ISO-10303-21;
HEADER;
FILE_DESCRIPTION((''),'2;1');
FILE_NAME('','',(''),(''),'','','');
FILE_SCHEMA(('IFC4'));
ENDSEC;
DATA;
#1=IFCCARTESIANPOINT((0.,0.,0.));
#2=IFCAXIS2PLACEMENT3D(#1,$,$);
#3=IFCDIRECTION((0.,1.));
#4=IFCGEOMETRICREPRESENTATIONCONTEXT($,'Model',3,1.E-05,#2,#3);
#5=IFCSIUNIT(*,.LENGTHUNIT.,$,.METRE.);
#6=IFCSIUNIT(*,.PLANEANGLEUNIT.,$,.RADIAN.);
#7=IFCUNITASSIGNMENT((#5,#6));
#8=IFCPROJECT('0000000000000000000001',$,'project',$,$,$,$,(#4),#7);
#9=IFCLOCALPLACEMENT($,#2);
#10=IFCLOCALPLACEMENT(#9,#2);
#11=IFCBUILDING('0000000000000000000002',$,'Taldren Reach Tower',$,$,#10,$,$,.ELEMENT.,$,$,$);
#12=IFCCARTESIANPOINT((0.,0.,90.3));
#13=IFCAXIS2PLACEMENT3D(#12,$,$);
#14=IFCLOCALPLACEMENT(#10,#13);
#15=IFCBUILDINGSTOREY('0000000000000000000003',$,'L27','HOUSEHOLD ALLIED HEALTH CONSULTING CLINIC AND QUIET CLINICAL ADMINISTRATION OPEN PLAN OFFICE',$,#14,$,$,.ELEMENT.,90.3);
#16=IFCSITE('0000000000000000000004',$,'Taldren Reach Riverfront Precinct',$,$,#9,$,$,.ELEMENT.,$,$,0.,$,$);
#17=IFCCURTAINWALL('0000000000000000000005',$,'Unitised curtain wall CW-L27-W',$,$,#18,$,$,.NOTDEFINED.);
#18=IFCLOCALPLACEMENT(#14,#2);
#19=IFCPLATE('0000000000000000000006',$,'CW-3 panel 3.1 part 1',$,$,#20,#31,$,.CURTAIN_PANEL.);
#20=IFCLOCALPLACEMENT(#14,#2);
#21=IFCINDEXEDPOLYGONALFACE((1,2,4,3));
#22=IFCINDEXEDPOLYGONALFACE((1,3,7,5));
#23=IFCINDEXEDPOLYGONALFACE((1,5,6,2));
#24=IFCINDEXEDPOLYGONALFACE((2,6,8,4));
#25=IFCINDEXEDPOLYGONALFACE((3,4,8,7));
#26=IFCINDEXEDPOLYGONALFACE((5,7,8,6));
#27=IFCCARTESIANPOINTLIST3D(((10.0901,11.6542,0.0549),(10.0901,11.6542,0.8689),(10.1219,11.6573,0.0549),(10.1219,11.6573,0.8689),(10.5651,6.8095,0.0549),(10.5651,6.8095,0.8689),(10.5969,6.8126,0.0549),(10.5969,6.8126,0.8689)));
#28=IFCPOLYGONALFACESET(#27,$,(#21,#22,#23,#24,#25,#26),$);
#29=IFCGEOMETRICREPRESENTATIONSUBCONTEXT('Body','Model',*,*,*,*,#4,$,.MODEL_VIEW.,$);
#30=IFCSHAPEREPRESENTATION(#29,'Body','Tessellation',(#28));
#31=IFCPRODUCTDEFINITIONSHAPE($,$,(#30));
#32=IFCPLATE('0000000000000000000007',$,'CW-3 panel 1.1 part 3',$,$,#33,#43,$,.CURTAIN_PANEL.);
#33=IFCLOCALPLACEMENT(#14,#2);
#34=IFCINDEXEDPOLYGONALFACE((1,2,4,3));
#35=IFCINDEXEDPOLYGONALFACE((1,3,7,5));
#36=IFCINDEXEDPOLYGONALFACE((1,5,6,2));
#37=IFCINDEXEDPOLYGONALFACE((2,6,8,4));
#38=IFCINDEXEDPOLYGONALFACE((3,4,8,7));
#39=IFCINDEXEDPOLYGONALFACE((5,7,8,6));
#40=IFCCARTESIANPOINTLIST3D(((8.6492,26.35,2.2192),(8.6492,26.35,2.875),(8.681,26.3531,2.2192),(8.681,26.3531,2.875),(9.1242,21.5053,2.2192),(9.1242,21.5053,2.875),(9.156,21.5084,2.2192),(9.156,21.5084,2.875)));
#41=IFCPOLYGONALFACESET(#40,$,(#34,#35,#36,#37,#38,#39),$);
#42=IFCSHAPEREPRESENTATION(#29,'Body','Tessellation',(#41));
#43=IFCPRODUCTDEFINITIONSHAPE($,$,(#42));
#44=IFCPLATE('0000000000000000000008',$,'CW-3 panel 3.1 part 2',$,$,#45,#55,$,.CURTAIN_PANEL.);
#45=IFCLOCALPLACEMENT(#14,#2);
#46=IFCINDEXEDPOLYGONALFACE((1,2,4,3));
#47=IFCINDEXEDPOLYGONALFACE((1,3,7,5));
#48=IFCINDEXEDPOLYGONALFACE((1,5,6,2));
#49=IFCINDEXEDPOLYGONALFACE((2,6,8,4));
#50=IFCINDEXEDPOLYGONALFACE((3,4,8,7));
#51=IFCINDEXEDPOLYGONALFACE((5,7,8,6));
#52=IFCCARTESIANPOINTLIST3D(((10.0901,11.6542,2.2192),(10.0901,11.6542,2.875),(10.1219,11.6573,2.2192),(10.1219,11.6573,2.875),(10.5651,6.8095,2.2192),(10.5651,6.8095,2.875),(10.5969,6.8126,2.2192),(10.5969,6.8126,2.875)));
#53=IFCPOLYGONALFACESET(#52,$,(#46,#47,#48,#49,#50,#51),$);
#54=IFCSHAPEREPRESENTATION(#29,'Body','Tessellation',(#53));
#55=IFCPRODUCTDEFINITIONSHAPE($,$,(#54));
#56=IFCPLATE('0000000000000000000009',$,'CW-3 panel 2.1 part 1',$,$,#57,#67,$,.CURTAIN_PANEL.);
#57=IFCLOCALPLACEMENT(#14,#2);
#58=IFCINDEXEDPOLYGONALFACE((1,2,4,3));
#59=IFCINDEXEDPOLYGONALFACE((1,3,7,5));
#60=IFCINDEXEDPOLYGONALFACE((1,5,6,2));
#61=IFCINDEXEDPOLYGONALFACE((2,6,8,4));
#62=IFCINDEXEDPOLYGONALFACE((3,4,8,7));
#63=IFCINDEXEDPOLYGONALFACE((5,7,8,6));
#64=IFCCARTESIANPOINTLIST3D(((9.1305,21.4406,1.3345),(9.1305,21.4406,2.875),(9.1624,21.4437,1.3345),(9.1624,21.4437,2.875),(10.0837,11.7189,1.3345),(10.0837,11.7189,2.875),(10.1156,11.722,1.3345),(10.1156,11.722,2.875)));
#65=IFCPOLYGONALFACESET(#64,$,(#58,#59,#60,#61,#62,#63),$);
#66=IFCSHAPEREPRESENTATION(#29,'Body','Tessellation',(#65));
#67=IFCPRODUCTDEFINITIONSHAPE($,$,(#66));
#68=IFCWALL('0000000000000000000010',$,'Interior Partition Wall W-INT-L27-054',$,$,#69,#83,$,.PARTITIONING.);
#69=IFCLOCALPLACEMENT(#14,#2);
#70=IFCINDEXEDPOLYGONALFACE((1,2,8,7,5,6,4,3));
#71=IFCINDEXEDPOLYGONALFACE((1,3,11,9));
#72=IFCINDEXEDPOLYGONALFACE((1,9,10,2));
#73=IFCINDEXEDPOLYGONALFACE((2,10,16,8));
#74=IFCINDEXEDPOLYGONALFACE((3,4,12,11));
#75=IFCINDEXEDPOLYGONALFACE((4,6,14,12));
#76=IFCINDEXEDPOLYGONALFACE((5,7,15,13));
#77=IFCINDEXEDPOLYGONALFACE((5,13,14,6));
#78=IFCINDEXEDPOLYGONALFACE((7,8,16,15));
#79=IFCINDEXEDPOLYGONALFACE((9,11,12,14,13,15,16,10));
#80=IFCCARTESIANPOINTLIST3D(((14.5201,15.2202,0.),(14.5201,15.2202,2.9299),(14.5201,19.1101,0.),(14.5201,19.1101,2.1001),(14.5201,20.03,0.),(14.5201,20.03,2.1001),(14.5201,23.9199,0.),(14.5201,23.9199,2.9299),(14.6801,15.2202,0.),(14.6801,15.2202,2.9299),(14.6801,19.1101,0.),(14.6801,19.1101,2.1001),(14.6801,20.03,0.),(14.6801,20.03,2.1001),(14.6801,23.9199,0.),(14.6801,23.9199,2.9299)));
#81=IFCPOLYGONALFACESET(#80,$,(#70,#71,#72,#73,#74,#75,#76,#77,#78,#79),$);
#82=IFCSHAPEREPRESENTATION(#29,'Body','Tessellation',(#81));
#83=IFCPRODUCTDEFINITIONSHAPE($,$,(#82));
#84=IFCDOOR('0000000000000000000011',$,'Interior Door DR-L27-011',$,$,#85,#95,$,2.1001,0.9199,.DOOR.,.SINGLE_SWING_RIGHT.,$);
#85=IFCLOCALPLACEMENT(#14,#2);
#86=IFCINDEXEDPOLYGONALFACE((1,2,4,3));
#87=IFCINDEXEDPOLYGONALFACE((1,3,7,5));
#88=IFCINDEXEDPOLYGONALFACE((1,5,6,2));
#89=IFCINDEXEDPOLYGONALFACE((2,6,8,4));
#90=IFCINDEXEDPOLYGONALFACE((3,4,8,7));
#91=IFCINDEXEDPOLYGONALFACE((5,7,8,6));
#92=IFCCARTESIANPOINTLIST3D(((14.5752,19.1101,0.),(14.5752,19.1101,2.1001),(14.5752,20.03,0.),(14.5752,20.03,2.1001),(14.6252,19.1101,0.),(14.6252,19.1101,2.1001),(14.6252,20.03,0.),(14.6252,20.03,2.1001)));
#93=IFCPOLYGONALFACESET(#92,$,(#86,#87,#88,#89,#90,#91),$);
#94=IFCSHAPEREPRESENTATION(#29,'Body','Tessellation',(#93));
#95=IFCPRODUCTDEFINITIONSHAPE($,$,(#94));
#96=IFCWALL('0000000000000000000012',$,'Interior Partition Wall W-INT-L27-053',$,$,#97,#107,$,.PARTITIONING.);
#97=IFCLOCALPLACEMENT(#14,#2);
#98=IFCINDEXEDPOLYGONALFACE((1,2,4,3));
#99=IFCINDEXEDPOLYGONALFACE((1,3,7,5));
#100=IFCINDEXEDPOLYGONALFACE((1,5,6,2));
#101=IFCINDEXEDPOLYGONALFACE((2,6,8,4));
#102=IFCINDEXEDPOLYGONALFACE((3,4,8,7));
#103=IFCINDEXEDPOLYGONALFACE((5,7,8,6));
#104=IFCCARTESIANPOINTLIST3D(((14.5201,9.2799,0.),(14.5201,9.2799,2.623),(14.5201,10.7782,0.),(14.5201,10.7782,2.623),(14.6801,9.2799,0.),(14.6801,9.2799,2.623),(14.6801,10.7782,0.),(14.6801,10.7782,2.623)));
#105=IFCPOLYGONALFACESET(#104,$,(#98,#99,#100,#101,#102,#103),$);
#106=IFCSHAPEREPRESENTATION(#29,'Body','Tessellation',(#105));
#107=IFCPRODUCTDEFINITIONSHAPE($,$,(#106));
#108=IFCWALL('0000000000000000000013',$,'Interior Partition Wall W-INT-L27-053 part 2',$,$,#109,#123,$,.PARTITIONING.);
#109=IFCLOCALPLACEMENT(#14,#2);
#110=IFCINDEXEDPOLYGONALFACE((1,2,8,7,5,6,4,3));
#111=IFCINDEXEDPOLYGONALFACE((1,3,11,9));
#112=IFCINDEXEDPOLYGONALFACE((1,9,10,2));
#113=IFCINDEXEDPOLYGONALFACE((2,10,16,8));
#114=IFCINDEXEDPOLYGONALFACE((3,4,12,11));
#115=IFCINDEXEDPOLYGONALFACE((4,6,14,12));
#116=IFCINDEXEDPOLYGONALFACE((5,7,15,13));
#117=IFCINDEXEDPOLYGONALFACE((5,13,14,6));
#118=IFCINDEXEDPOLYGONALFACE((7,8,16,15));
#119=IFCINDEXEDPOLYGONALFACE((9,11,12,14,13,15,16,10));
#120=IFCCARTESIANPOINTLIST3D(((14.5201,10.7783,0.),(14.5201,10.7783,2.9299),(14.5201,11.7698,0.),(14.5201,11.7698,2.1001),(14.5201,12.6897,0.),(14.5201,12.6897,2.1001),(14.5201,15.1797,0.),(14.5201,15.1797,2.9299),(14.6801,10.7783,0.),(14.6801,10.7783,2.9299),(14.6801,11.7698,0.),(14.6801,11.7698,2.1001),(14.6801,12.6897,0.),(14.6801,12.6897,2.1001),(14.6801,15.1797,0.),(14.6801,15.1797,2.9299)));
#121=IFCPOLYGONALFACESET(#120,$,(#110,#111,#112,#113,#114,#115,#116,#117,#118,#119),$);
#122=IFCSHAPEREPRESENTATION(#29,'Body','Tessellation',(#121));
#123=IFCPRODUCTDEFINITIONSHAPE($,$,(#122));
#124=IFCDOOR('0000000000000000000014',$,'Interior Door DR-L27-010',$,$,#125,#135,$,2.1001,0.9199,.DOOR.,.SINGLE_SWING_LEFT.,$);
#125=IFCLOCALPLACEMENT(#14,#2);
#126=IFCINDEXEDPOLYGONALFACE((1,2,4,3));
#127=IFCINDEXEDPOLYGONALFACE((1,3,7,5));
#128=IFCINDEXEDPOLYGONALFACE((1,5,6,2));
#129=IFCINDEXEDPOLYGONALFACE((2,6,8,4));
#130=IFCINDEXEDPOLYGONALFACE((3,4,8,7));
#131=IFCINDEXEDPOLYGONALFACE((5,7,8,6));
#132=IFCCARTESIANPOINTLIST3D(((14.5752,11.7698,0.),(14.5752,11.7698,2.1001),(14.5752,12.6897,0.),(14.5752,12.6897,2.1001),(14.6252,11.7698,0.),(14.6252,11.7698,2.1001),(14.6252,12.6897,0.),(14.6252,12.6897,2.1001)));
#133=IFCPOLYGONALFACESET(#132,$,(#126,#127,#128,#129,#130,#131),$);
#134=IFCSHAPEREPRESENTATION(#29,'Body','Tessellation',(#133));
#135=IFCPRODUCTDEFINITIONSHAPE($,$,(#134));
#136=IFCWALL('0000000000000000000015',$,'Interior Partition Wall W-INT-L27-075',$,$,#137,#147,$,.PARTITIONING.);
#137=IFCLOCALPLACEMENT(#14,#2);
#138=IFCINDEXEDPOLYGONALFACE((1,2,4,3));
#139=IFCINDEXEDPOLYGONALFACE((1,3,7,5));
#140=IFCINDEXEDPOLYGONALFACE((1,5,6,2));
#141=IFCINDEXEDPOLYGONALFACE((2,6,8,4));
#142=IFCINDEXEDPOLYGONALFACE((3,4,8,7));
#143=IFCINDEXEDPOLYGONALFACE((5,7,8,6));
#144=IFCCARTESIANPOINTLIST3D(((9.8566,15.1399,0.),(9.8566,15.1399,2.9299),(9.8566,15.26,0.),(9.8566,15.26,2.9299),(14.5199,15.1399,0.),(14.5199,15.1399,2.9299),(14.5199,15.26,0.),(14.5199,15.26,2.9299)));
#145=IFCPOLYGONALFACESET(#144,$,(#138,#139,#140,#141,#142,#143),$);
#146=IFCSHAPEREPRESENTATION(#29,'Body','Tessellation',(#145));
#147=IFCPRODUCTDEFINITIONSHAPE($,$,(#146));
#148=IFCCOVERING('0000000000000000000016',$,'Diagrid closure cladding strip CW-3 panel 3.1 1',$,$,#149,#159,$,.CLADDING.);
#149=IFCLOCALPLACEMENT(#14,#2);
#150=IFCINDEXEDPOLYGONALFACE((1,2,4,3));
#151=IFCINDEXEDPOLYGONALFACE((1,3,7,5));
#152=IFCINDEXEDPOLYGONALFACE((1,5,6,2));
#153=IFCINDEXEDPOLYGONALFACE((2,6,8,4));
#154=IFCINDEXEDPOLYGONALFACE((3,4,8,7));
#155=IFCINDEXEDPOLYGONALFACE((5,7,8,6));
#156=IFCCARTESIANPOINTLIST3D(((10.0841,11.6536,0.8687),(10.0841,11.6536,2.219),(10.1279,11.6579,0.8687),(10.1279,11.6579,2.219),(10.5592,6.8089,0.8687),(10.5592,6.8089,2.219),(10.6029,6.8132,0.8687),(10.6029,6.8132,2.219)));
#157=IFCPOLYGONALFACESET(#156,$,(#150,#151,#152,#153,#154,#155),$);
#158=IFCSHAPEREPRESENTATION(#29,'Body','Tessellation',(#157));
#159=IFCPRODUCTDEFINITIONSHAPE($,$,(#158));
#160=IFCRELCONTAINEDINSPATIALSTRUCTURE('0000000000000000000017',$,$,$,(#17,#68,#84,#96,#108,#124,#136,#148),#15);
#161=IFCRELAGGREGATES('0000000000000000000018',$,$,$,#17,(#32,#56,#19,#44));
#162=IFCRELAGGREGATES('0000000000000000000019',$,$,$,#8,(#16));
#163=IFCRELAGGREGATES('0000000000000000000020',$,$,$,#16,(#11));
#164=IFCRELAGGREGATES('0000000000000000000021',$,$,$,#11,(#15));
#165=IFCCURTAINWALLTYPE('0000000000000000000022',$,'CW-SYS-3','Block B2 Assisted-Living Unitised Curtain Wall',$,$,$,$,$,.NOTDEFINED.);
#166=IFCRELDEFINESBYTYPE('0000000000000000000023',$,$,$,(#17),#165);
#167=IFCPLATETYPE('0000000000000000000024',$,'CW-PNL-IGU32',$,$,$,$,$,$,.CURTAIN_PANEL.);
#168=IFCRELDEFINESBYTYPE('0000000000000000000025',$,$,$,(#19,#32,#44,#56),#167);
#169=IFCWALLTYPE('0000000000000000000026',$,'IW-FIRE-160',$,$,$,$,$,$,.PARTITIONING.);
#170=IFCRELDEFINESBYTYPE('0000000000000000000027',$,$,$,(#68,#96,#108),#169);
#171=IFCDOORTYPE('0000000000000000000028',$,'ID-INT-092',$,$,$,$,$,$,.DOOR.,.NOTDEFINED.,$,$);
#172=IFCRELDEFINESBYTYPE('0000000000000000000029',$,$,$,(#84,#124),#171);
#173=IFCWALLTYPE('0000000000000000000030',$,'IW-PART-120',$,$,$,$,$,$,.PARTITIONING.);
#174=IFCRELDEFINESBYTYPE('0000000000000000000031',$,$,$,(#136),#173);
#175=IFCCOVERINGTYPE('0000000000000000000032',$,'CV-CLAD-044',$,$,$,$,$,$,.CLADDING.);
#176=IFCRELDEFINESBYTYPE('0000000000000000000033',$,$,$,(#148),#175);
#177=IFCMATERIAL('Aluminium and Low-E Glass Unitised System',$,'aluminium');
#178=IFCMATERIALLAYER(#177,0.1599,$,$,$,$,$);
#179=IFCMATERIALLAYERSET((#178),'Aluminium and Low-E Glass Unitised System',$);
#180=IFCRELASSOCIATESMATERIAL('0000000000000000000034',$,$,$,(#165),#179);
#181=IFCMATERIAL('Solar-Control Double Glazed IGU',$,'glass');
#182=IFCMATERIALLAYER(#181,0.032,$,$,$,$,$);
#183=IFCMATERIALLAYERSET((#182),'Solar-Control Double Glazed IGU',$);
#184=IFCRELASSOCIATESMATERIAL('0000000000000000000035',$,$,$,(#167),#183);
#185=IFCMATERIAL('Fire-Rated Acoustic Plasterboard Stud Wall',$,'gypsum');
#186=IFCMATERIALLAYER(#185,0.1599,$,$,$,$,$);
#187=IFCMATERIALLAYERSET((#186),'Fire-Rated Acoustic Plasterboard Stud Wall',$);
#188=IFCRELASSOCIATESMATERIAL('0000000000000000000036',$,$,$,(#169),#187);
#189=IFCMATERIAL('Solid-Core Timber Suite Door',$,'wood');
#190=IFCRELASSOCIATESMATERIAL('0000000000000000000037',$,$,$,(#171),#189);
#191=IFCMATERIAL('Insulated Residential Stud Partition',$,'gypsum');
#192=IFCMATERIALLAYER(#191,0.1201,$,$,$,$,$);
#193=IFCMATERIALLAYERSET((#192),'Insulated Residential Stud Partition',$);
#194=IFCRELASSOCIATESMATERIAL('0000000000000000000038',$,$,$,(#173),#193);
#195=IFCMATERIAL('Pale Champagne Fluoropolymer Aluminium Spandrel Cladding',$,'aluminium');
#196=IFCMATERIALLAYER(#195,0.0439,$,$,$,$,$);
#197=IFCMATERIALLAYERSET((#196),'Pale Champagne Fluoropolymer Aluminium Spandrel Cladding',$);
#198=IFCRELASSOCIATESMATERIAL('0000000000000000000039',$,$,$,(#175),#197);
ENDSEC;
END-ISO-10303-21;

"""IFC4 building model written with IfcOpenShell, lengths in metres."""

from ifc_helpers import new_model, si_unit, direction, frame, frame_2d, origin, origin_2d, place, context, subcontext, project, spatial, rectangle, extrude, source, transform, mapped, material, layer, layer_set, type_object, element, fill, aggregate, save


model = new_model("IFC4")

# Units and contexts
model_context = context("Model", 3, precision=1e-05, world=origin(), true_north=direction((0.0, 1.0)))
body_context = subcontext(model_context, "Body", "Model", "MODEL_VIEW")
ifc_project = project(units=[si_unit("LENGTHUNIT", "METRE"), si_unit("PLANEANGLEUNIT", "RADIAN")], contexts=[model_context])

# Site, building, storey
site_placement = place(None, origin())
site = spatial("IfcSite", under=ifc_project, at=site_placement, Name="Taldren Reach Riverfront Precinct", CompositionType="ELEMENT", RefElevation=0.0)
building_placement = place(site_placement, origin())
building = spatial("IfcBuilding", under=site, at=building_placement, Name="Taldren Reach Tower", CompositionType="ELEMENT")
storey_placement = place(building_placement, frame((0.0, 0.0, 90.3)))
storey = spatial("IfcBuildingStorey", under=building, at=storey_placement, Name="L27", Description="HOUSEHOLD ALLIED HEALTH CONSULTING CLINIC AND QUIET CLINICAL ADMINISTRATION OPEN PLAN OFFICE", CompositionType="ELEMENT", Elevation=90.3)

# Curtain wall
ifc_material_1 = material(Name="Aluminium and Low-E Glass Unitised System", Category="aluminium")
ifc_layer_1 = layer(ifc_material_1, 0.1599)
ifc_layer_set_1 = layer_set([ifc_layer_1], Name="Aluminium and Low-E Glass Unitised System")
curtain_wall_type = type_object("IfcCurtainWallType", Name="CW-SYS-3", Description="Block B2 Assisted-Living Unitised Curtain Wall", PredefinedType="NOTDEFINED", material=ifc_layer_set_1)
curtain_wall_placement = place(storey_placement, origin())
curtain_wall = element("IfcCurtainWall", 1, at=curtain_wall_placement, inside=storey, type_object=curtain_wall_type, Name="Unitised curtain wall CW-L27-W", PredefinedType="NOTDEFINED")

# Plates
ifc_material_2 = material(Name="Solar-Control Double Glazed IGU", Category="glass")
ifc_layer_2 = layer(ifc_material_2, 0.032)
ifc_layer_set_2 = layer_set([ifc_layer_2], Name="Solar-Control Double Glazed IGU")
plate_type_1 = type_object("IfcPlateType", Name="CW-PNL-IGU32", PredefinedType="CURTAIN_PANEL", material=ifc_layer_set_2)
shared_shape_1 = source(origin(), body_context, "Body", "SweptSolid", [
    extrude(rectangle(XDim=4.8679, YDim=0.032, at=origin_2d()), origin(), (0.0, 0.0, 1.0), 0.814),
])
plate_1_placement = place(storey_placement, frame((10.3435, 9.2334, 0.0549), z_axis=(0.0, 0.0, 1.0), x_axis=(0.097583, -0.995227, 0.0)))
plate_1 = element("IfcPlate", 2, at=plate_1_placement, type_object=plate_type_1, Name="CW-3 panel 3.1 part 1", PredefinedType="CURTAIN_PANEL", context=body_context, shape_type="MappedRepresentation", body=[
    mapped(shared_shape_1, transform((0.0, 0.0, 0.0), scale=1.0)),
])
shared_shape_2 = source(origin(), body_context, "Body", "SweptSolid", [
    extrude(rectangle(XDim=4.8679, YDim=0.032, at=origin_2d()), origin(), (0.0, 0.0, 1.0), 0.6558),
])
plate_2_placement = place(storey_placement, frame((8.9026, 23.9292, 2.2192), z_axis=(0.0, 0.0, 1.0), x_axis=(0.097583, -0.995227, 0.0)))
plate_2 = element("IfcPlate", 3, at=plate_2_placement, type_object=plate_type_1, Name="CW-3 panel 1.1 part 3", PredefinedType="CURTAIN_PANEL", context=body_context, shape_type="MappedRepresentation", body=[
    mapped(shared_shape_2, transform((0.0, 0.0, 0.0), scale=1.0)),
])
plate_3_placement = place(storey_placement, frame((10.3435, 9.2334, 2.2192), z_axis=(0.0, 0.0, 1.0), x_axis=(0.097583, -0.995227, 0.0)))
plate_3 = element("IfcPlate", 4, at=plate_3_placement, type_object=plate_type_1, Name="CW-3 panel 3.1 part 2", PredefinedType="CURTAIN_PANEL", context=body_context, shape_type="MappedRepresentation", body=[
    mapped(shared_shape_2, transform((0.0, 0.0, 0.0), scale=1.0)),
])
shared_shape_3 = source(origin(), body_context, "Body", "SweptSolid", [
    extrude(rectangle(XDim=9.7683, YDim=0.032, at=origin_2d()), origin(), (0.0, 0.0, 1.0), 1.5405),
])
plate_4_placement = place(storey_placement, frame((9.623, 16.5813, 1.3345), z_axis=(0.0, 0.0, 1.0), x_axis=(0.097583, -0.995227, 0.0)))
plate_4 = element("IfcPlate", 5, at=plate_4_placement, type_object=plate_type_1, Name="CW-3 panel 2.1 part 1", PredefinedType="CURTAIN_PANEL", context=body_context, shape_type="MappedRepresentation", body=[
    mapped(shared_shape_3, transform((0.0, 0.0, 0.0), scale=1.0)),
])
aggregate(curtain_wall, [plate_2, plate_4, plate_1, plate_3])

# Wall, opening, door
ifc_material_3 = material(Name="Fire-Rated Acoustic Plasterboard Stud Wall", Category="gypsum")
ifc_layer_3 = layer(ifc_material_3, 0.1599)
ifc_layer_set_3 = layer_set([ifc_layer_3], Name="Fire-Rated Acoustic Plasterboard Stud Wall")
wall_type_1 = type_object("IfcWallType", Name="IW-FIRE-160", PredefinedType="PARTITIONING", material=ifc_layer_set_3)
shared_shape_4 = source(origin(), body_context, "Body", "SweptSolid", [
    extrude(rectangle(XDim=8.6997, YDim=0.1599, at=frame_2d((4.3499, 0.0))), origin(), (0.0, 0.0, 1.0), 2.9299),
])
wall_1_placement = place(storey_placement, frame((14.6001, 15.2202, 0.0), z_axis=(0.0, 0.0, 1.0), x_axis=(0.0, 1.0, 0.0)))
wall_1 = element("IfcWall", 6, at=wall_1_placement, inside=storey, type_object=wall_type_1, Name="Interior Partition Wall W-INT-L27-054", PredefinedType="PARTITIONING", context=body_context, shape_type="MappedRepresentation", body=[
    mapped(shared_shape_4, transform((0.0, 0.0, 0.0), scale=1.0)),
])
shared_shape_5 = source(origin(), body_context, "Body", "SweptSolid", [
    extrude(rectangle(XDim=0.9199, YDim=2.1001, at=frame_2d((0.46, 1.05))), frame((0.0, 0.0898, 0.0), z_axis=(0.0, -1.0, 0.0), x_axis=(1.0, 0.0, 0.0)), (0.0, 0.0, 1.0), 0.1799),
])
opening_1_placement = place(wall_1_placement, frame((3.8899, 0.0, 0.0)))
opening_1 = element("IfcOpeningElement", 7, at=opening_1_placement, cuts=wall_1, PredefinedType="OPENING", context=body_context, shape_type="MappedRepresentation", body=[
    mapped(shared_shape_5, transform((0.0, 0.0, 0.0), scale=1.0)),
])
ifc_material_4 = material(Name="Solid-Core Timber Suite Door", Category="wood")
door_type = type_object("IfcDoorType", Name="ID-INT-092", OperationType="NOTDEFINED", PredefinedType="DOOR", material=ifc_material_4)
shared_shape_6 = source(origin(), body_context, "Body", "SweptSolid", [
    extrude(rectangle(XDim=0.9199, YDim=2.1001, at=frame_2d((0.46, 1.05))), frame((0.0, 0.0249, 0.0), z_axis=(0.0, -1.0, 0.0), x_axis=(1.0, 0.0, 0.0)), (0.0, 0.0, 1.0), 0.05),
])
door_1_placement = place(opening_1_placement, origin())
door_1 = element("IfcDoor", 8, at=door_1_placement, inside=storey, type_object=door_type, Name="Interior Door DR-L27-011", OperationType="SINGLE_SWING_RIGHT", OverallHeight=2.1001, OverallWidth=0.9199, PredefinedType="DOOR", context=body_context, shape_type="MappedRepresentation", body=[
    mapped(shared_shape_6, transform((0.0, 0.0, 0.0), scale=1.0)),
])
fill(opening_1, door_1)

# Wall
shared_shape_7 = source(origin(), body_context, "Body", "SweptSolid", [
    extrude(rectangle(XDim=1.4983, YDim=0.1599, at=frame_2d((0.749, 0.0))), origin(), (0.0, 0.0, 1.0), 2.623),
])
wall_2_placement = place(storey_placement, frame((14.6001, 9.28, 0.0), z_axis=(0.0, 0.0, 1.0), x_axis=(0.0, 1.0, 0.0)))
element("IfcWall", 9, at=wall_2_placement, inside=storey, type_object=wall_type_1, Name="Interior Partition Wall W-INT-L27-053", PredefinedType="PARTITIONING", context=body_context, shape_type="MappedRepresentation", body=[
    mapped(shared_shape_7, transform((0.0, 0.0, 0.0), scale=1.0)),
])

# Wall, opening, door
shared_shape_8 = source(origin(), body_context, "Body", "SweptSolid", [
    extrude(rectangle(XDim=4.4014, YDim=0.1599, at=frame_2d((2.2007, 0.0))), origin(), (0.0, 0.0, 1.0), 2.9299),
])
wall_3_placement = place(storey_placement, frame((14.6001, 10.7783, 0.0), z_axis=(0.0, 0.0, 1.0), x_axis=(0.0, 1.0, 0.0)))
wall_3 = element("IfcWall", 10, at=wall_3_placement, inside=storey, type_object=wall_type_1, Name="Interior Partition Wall W-INT-L27-053 part 2", PredefinedType="PARTITIONING", context=body_context, shape_type="MappedRepresentation", body=[
    mapped(shared_shape_8, transform((0.0, 0.0, 0.0), scale=1.0)),
])
opening_2_placement = place(wall_3_placement, frame((0.9915, 0.0, 0.0)))
opening_2 = element("IfcOpeningElement", 11, at=opening_2_placement, cuts=wall_3, PredefinedType="OPENING", context=body_context, shape_type="MappedRepresentation", body=[
    mapped(shared_shape_5, transform((0.0, 0.0, 0.0), scale=1.0)),
])
door_2_placement = place(opening_2_placement, origin())
door_2 = element("IfcDoor", 12, at=door_2_placement, inside=storey, type_object=door_type, Name="Interior Door DR-L27-010", OperationType="SINGLE_SWING_LEFT", OverallHeight=2.1001, OverallWidth=0.9199, PredefinedType="DOOR", context=body_context, shape_type="MappedRepresentation", body=[
    mapped(shared_shape_6, transform((0.0, 0.0, 0.0), scale=1.0)),
])
fill(opening_2, door_2)

# Wall
ifc_material_5 = material(Name="Insulated Residential Stud Partition", Category="gypsum")
ifc_layer_4 = layer(ifc_material_5, 0.1201)
ifc_layer_set_4 = layer_set([ifc_layer_4], Name="Insulated Residential Stud Partition")
wall_type_2 = type_object("IfcWallType", Name="IW-PART-120", PredefinedType="PARTITIONING", material=ifc_layer_set_4)
shared_shape_9 = source(origin(), body_context, "Body", "SweptSolid", [
    extrude(rectangle(XDim=4.6633, YDim=0.1201, at=frame_2d((2.3315, 0.0))), origin(), (0.0, 0.0, 1.0), 2.9299),
])
wall_4_placement = place(storey_placement, frame((9.8567, 15.2, 0.0), z_axis=(0.0, 0.0, 1.0), x_axis=(1.0, 0.0, 0.0)))
element("IfcWall", 13, at=wall_4_placement, inside=storey, type_object=wall_type_2, Name="Interior Partition Wall W-INT-L27-075", PredefinedType="PARTITIONING", context=body_context, shape_type="MappedRepresentation", body=[
    mapped(shared_shape_9, transform((0.0, 0.0, 0.0), scale=1.0)),
])

# Covering
ifc_material_6 = material(Name="Pale Champagne Fluoropolymer Aluminium Spandrel Cladding", Category="aluminium")
ifc_layer_5 = layer(ifc_material_6, 0.0439)
ifc_layer_set_5 = layer_set([ifc_layer_5], Name="Pale Champagne Fluoropolymer Aluminium Spandrel Cladding")
covering_type = type_object("IfcCoveringType", Name="CV-CLAD-044", PredefinedType="CLADDING", material=ifc_layer_set_5)
shared_shape_10 = source(origin(), body_context, "Body", "SweptSolid", [
    extrude(rectangle(XDim=4.8679, YDim=0.0439, at=origin_2d()), origin(), (0.0, 0.0, 1.0), 1.3503),
])
covering_1_placement = place(storey_placement, frame((10.3435, 9.2334, 0.8687), z_axis=(0.0, 0.0, 1.0), x_axis=(0.097583, -0.995227, 0.0)))
element("IfcCovering", 14, at=covering_1_placement, inside=storey, type_object=covering_type, Name="Diagrid closure cladding strip CW-3 panel 3.1 1", PredefinedType="CLADDING", context=body_context, shape_type="MappedRepresentation", body=[
    mapped(shared_shape_10, transform((0.0, 0.0, 0.0), scale=1.0)),
])

save(model, "model.ifc")
